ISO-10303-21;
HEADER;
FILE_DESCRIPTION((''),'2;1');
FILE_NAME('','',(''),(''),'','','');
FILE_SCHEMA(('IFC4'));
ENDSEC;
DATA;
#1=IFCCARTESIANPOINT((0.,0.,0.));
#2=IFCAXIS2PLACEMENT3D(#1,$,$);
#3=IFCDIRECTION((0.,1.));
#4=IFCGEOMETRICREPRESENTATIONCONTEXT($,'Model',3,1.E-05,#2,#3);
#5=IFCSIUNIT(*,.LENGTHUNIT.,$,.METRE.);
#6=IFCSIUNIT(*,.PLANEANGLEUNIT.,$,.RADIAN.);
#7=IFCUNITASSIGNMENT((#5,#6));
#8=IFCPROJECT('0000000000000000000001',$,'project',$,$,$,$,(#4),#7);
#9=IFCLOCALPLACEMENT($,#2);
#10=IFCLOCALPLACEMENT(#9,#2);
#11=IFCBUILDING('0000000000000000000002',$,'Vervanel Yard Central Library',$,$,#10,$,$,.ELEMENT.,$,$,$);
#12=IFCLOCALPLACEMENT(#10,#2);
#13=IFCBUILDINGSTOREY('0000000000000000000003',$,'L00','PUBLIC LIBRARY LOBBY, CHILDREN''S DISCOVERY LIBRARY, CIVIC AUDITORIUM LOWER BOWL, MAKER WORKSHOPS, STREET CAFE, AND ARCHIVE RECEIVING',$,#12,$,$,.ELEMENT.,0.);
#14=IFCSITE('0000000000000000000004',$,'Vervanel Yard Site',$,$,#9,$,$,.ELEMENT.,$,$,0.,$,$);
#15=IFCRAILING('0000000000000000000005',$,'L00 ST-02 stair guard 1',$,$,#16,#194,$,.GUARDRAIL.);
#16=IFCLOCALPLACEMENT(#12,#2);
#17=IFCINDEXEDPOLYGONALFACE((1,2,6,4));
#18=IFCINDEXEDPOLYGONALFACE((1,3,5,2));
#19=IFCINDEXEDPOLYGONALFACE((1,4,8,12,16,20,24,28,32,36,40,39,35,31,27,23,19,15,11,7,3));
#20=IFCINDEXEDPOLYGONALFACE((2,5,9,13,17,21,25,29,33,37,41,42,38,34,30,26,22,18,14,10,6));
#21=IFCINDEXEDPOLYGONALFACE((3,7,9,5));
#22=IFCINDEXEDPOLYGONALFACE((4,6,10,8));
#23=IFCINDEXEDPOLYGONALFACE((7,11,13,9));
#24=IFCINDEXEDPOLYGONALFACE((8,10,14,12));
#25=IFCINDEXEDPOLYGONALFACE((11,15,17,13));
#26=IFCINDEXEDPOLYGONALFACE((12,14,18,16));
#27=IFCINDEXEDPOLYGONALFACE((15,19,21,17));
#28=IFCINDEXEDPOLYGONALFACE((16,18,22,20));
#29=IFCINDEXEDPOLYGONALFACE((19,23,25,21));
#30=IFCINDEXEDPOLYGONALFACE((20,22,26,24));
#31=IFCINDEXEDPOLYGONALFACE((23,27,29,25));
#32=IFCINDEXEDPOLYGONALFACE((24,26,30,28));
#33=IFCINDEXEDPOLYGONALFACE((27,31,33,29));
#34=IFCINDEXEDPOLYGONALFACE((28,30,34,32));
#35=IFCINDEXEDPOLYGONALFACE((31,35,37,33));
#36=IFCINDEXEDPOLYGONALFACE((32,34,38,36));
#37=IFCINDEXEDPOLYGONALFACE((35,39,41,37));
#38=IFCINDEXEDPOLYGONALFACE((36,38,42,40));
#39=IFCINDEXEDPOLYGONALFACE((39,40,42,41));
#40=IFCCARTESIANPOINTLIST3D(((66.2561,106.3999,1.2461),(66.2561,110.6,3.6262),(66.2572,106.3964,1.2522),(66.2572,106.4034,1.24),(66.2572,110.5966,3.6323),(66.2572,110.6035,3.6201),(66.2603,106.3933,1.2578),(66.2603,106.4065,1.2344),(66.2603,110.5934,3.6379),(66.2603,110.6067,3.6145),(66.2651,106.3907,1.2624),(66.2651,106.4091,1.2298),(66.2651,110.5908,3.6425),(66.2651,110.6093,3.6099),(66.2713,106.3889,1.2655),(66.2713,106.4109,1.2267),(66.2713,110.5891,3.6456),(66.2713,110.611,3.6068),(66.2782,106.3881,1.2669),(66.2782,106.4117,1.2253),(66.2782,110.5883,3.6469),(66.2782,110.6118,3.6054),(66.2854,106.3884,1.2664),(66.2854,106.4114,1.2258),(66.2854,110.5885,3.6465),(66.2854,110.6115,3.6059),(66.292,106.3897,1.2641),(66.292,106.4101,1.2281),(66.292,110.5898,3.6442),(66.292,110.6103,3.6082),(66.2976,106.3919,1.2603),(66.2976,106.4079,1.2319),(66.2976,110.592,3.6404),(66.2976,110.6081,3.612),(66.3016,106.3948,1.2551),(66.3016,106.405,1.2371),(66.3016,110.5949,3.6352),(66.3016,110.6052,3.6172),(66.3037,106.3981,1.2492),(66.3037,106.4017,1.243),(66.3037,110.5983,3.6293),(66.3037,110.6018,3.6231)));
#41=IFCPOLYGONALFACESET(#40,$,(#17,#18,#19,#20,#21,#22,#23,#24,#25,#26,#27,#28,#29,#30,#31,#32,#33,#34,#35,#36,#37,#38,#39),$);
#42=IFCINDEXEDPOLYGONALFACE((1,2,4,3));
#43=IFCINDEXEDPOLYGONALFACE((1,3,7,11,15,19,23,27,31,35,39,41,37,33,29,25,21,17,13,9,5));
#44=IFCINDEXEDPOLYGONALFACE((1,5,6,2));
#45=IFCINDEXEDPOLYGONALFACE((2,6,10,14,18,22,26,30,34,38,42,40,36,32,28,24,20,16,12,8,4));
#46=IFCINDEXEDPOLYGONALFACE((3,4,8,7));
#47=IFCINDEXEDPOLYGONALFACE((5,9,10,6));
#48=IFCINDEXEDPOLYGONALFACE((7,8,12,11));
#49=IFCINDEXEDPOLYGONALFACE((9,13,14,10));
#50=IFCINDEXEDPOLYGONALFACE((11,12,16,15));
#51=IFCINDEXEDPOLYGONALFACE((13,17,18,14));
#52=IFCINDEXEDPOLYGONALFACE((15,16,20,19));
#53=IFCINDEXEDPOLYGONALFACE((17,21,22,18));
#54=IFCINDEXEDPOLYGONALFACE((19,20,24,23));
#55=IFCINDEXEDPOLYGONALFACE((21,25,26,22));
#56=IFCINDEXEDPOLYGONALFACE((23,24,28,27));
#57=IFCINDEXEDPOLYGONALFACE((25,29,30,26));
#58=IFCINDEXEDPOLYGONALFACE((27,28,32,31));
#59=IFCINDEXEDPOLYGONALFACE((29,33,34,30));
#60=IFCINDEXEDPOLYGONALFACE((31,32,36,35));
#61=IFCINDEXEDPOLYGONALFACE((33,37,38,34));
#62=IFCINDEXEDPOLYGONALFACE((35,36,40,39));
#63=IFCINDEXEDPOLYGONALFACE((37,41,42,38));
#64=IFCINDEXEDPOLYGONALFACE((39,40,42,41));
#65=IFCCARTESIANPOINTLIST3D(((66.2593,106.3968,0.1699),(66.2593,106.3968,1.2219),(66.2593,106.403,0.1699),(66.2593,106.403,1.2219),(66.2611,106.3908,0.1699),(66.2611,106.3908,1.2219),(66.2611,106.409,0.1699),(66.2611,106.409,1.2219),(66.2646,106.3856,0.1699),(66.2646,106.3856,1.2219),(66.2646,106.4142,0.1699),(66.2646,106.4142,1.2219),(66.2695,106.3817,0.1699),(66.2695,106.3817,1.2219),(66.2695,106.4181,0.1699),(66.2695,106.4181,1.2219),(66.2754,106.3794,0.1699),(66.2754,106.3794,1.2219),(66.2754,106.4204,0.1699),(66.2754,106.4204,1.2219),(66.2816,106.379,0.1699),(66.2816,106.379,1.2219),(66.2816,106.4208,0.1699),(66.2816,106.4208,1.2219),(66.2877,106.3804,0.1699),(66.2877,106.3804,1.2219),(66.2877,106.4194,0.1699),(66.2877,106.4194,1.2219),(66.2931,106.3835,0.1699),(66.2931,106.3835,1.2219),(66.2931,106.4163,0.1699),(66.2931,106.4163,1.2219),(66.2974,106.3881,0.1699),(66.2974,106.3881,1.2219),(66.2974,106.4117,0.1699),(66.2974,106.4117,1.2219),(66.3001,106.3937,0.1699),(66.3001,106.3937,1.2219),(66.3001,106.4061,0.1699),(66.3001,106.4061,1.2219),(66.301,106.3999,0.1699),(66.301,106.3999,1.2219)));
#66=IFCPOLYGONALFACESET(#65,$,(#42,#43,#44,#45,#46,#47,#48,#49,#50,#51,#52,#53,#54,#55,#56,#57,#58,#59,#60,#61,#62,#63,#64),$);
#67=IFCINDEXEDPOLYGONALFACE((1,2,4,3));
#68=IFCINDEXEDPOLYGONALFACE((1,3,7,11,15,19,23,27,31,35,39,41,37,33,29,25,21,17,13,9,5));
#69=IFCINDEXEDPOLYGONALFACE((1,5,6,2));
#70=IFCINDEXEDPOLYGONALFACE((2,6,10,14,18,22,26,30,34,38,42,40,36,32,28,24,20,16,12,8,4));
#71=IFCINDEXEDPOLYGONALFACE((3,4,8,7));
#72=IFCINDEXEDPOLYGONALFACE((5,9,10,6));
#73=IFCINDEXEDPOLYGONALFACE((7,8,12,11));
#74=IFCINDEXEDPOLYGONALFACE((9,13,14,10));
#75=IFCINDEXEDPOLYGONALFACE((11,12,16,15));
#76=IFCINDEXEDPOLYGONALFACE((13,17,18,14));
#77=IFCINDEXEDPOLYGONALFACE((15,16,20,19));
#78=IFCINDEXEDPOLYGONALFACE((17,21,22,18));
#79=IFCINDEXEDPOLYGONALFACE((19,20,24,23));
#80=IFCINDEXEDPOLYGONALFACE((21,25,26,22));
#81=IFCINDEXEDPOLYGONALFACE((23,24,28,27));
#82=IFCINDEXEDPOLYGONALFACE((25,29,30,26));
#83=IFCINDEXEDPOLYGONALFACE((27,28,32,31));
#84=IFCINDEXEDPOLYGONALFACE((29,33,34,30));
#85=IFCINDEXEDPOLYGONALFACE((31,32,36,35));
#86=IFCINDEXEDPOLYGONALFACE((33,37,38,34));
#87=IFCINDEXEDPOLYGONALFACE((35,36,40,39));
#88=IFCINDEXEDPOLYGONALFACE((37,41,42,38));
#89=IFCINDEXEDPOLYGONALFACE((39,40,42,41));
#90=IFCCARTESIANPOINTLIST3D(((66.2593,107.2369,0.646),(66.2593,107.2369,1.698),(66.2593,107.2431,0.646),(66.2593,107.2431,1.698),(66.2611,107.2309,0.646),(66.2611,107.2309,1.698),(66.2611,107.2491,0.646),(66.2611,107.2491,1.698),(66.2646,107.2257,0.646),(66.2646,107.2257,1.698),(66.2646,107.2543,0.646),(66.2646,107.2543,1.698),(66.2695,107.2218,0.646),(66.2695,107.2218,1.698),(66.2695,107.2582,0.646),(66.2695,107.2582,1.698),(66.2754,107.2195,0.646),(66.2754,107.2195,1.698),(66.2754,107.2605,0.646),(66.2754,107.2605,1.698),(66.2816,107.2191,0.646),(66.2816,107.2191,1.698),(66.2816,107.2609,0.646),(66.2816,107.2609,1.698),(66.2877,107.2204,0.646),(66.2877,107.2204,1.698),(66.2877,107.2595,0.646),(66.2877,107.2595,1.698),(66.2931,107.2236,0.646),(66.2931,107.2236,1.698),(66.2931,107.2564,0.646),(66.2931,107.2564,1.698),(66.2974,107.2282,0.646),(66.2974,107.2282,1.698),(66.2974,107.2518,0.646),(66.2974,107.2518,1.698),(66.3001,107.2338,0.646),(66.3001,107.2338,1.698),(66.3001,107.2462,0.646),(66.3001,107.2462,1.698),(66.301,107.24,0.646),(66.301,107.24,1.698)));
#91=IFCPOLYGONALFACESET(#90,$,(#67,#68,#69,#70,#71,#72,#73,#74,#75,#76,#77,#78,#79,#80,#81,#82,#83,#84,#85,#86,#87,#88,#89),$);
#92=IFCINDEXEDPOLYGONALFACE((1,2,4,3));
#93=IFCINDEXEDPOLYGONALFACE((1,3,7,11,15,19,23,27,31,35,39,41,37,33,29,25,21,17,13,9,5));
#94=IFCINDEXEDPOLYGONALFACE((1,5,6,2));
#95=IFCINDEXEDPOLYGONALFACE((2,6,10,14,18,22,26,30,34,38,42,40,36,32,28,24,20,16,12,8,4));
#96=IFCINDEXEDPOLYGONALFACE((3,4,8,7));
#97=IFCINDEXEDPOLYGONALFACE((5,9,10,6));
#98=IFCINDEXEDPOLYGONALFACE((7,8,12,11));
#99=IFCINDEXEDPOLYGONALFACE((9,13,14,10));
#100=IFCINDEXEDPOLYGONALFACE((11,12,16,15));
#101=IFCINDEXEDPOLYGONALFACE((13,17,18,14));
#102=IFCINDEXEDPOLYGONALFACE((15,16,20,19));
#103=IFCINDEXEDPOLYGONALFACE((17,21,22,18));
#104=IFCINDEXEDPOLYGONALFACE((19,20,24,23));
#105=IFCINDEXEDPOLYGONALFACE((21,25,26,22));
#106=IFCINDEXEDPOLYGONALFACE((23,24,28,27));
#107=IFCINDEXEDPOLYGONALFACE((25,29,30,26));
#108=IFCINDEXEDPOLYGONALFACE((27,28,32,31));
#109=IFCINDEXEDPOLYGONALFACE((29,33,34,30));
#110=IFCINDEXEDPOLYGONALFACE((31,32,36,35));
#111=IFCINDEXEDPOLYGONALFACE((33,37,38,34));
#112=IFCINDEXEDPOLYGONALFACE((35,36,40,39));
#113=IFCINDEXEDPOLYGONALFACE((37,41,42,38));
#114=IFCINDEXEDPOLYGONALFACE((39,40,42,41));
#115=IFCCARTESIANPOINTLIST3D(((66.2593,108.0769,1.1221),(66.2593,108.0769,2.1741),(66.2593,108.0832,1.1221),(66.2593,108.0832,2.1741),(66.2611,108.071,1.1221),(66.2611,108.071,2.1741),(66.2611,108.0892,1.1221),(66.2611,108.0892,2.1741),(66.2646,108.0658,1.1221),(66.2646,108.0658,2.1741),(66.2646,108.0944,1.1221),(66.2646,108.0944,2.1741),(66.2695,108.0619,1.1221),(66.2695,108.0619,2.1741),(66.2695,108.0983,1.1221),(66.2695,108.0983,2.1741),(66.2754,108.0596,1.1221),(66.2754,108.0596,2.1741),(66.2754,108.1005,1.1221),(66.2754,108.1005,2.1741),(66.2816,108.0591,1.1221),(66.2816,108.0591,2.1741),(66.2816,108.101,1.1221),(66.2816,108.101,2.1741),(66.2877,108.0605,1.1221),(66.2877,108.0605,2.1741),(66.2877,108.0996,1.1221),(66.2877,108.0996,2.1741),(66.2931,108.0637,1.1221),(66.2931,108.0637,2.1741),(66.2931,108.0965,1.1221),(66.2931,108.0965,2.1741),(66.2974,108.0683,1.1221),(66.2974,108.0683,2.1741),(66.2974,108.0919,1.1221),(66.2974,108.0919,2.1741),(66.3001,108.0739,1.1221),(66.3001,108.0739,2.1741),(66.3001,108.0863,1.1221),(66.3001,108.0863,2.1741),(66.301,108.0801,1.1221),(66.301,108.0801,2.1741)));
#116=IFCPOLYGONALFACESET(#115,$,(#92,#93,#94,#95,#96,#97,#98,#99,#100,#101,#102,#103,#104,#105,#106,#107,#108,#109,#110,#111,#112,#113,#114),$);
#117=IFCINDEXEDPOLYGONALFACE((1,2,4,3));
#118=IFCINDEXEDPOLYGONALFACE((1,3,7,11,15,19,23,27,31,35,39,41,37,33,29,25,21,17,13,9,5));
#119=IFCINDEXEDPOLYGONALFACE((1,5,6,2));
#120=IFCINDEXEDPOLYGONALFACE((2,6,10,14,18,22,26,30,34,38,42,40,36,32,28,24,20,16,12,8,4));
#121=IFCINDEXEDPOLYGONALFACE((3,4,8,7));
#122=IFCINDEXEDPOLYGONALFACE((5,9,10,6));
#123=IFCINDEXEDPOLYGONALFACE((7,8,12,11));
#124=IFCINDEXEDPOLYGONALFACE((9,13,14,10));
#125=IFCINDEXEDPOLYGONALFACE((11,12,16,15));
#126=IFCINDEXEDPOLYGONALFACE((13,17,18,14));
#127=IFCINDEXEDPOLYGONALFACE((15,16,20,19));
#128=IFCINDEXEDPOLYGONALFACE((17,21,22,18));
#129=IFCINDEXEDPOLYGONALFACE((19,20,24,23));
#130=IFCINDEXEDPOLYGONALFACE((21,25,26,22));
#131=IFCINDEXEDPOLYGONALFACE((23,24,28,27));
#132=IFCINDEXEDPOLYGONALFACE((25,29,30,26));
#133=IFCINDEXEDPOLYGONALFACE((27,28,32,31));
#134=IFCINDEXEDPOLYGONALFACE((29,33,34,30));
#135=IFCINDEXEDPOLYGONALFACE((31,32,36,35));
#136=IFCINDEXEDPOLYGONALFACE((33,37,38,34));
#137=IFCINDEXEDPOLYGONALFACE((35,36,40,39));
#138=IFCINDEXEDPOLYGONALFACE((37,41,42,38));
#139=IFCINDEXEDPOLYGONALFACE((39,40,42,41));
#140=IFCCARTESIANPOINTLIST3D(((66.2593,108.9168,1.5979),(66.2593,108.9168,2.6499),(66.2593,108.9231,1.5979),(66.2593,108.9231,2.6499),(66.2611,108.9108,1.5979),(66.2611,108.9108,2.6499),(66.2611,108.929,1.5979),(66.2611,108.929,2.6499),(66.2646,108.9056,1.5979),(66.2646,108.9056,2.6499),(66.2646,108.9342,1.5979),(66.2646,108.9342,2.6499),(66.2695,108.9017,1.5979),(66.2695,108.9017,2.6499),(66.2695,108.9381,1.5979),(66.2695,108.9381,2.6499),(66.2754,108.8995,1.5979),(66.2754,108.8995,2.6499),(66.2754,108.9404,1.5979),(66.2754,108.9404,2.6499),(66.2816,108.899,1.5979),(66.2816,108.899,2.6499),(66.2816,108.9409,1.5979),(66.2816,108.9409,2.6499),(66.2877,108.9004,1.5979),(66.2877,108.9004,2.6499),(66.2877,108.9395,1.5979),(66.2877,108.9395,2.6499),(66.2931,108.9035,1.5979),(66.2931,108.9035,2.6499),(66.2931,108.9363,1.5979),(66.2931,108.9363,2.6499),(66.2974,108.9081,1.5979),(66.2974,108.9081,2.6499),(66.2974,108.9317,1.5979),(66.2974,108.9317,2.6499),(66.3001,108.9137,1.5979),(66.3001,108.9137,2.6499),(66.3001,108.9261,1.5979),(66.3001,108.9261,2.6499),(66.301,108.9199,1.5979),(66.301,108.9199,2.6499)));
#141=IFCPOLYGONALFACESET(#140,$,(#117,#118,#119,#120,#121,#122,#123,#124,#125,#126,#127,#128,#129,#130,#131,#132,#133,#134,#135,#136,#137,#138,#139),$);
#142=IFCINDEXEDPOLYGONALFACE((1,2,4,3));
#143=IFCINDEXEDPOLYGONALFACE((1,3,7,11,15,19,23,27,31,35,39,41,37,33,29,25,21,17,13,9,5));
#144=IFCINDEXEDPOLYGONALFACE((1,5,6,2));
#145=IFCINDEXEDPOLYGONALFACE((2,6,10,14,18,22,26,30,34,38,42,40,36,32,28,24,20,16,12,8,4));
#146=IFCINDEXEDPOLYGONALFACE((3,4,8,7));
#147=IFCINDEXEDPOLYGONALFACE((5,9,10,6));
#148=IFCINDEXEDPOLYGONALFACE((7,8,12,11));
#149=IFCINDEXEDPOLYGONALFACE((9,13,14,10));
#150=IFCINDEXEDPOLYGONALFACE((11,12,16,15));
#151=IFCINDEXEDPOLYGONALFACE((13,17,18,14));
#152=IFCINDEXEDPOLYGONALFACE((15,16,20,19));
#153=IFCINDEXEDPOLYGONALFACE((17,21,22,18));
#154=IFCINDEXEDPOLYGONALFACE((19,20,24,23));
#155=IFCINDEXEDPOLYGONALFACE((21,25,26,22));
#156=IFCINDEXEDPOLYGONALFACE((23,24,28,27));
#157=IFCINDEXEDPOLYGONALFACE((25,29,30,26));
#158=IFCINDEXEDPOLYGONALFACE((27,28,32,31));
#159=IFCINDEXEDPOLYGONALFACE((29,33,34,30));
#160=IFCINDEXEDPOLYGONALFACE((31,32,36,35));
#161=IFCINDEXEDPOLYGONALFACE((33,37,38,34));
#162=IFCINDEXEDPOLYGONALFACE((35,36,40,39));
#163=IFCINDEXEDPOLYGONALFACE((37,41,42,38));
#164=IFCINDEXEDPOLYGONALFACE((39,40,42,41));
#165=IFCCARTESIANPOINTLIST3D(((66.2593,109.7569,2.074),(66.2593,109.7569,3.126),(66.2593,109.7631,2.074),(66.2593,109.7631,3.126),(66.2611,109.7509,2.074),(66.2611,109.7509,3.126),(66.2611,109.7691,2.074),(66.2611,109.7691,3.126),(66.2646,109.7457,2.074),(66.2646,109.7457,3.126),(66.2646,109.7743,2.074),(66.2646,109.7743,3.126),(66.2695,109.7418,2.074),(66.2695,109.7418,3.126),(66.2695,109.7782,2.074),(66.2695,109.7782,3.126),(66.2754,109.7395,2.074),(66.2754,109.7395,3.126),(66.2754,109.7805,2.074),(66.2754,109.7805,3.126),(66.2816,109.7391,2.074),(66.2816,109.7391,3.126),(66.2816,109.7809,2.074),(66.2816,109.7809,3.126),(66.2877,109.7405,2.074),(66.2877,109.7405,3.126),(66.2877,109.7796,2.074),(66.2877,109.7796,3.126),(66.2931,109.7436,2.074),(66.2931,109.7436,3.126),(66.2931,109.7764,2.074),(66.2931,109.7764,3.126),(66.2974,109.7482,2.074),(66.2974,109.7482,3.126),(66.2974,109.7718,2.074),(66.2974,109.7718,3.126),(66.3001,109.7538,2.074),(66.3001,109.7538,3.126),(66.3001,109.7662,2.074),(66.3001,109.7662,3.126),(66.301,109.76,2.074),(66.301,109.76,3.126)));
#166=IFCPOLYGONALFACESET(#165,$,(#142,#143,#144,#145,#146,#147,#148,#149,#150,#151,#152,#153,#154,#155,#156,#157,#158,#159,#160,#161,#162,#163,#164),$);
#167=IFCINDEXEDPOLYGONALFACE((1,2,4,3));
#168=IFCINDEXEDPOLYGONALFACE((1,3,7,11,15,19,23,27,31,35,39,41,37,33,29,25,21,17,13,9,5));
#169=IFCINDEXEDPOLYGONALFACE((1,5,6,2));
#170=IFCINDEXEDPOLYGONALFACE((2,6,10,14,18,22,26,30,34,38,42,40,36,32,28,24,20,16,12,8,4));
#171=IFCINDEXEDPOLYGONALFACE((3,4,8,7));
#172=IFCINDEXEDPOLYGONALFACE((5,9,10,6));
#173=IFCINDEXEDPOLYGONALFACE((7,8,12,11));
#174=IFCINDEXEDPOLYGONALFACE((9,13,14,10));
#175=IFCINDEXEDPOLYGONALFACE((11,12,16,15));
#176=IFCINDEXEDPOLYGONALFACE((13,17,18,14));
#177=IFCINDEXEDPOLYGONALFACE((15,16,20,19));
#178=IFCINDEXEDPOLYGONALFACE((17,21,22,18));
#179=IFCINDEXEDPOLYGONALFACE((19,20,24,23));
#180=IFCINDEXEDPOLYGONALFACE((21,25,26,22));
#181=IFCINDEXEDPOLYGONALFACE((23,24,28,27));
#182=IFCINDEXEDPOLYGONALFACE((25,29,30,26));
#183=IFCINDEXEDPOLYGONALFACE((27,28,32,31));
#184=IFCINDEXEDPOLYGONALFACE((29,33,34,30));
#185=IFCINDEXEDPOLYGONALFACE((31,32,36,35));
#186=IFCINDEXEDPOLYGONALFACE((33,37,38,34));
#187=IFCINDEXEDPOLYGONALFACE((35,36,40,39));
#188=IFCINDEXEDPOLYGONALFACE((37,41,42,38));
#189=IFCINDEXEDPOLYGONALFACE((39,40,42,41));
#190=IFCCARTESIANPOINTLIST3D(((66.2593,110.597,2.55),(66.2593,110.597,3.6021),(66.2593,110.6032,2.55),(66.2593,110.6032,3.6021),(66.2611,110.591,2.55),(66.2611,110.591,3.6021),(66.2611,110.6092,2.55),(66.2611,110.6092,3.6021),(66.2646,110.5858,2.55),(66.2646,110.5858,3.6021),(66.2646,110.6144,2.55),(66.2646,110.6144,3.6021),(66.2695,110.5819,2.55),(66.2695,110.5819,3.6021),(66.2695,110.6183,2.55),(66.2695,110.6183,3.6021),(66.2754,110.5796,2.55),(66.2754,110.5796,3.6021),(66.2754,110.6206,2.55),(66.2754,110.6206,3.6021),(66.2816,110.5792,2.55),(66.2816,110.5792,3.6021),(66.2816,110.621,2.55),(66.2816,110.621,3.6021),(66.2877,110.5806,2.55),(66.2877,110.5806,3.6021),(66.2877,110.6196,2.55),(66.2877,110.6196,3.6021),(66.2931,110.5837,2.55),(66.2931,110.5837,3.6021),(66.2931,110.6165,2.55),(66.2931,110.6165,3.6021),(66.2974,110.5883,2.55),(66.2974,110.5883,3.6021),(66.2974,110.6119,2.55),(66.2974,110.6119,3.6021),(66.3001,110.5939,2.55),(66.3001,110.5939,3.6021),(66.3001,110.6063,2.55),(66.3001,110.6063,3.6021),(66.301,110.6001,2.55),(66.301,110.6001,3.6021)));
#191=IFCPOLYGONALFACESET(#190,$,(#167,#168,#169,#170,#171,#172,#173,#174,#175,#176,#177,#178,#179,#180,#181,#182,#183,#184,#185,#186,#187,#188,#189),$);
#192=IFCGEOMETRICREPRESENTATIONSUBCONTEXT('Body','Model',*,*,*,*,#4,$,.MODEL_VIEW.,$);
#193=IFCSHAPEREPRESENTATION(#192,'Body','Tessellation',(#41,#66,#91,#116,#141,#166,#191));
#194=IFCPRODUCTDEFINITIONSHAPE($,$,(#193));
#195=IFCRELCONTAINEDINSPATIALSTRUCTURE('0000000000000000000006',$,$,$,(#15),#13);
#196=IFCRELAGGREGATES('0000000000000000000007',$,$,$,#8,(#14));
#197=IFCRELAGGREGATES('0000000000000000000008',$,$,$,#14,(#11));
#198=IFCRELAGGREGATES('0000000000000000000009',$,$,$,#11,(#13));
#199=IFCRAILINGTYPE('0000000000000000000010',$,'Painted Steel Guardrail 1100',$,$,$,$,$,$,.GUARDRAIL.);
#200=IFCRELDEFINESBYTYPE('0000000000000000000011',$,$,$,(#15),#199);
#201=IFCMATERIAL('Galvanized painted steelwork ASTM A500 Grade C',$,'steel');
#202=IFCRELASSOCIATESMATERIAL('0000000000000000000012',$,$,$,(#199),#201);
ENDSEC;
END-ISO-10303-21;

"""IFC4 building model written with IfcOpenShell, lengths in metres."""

from ifc_helpers import new_model, si_unit, direction, frame, origin, origin_2d, place, context, subcontext, project, spatial, circle, extrude, material, type_object, element, save


model = new_model("IFC4")

# Units and contexts
model_context = context("Model", 3, precision=1e-05, world=origin(), true_north=direction((0.0, 1.0)))
body_context = subcontext(model_context, "Body", "Model", "MODEL_VIEW")
ifc_project = project(units=[si_unit("LENGTHUNIT", "METRE"), si_unit("PLANEANGLEUNIT", "RADIAN")], contexts=[model_context])

# Site, building, storey
site_placement = place(None, origin())
site = spatial("IfcSite", under=ifc_project, at=site_placement, Name="Vervanel Yard Site", CompositionType="ELEMENT", RefElevation=0.0)
building_placement = place(site_placement, origin())
building = spatial("IfcBuilding", under=site, at=building_placement, Name="Vervanel Yard Central Library", CompositionType="ELEMENT")
storey_placement = place(building_placement, origin())
storey = spatial("IfcBuildingStorey", under=building, at=storey_placement, Name="L00", Description="PUBLIC LIBRARY LOBBY, CHILDREN'S DISCOVERY LIBRARY, CIVIC AUDITORIUM LOWER BOWL, MAKER WORKSHOPS, STREET CAFE, AND ARCHIVE RECEIVING", CompositionType="ELEMENT", Elevation=0.0)

# Shared definitions
ifc_material_1 = material(Name="Galvanized painted steelwork ASTM A500 Grade C", Category="steel")

# Railing
railing_type_1 = type_object("IfcRailingType", Name="Painted Steel Guardrail 1100", PredefinedType="GUARDRAIL", material=ifc_material_1)
railing_1_placement = place(storey_placement, frame((66.28, 106.3999, 0.1699)))
element("IfcRailing", 1, at=railing_1_placement, inside=storey, type_object=railing_type_1, Name="L00 ST-02 stair guard 1", PredefinedType="GUARDRAIL", context=body_context, shape_type="SweptSolid", body=[
    extrude(circle(Radius=0.0239, at=origin_2d()), frame((0.0, 0.0, 1.0762), z_axis=(0.0, 0.870021, 0.493015), x_axis=(-1.0, 0.0, 0.0)), (0.0, 0.0, 1.0), 4.8276),
    extrude(circle(Radius=0.021, at=origin_2d()), origin(), (0.0, 0.0, 1.0), 1.052),
    extrude(circle(Radius=0.021, at=origin_2d()), frame((0.0, 0.8401, 0.4761)), (0.0, 0.0, 1.0), 1.052),
    extrude(circle(Radius=0.021, at=origin_2d()), frame((0.0, 1.6802, 0.9521)), (0.0, 0.0, 1.0), 1.052),
    extrude(circle(Radius=0.021, at=origin_2d()), frame((0.0, 2.52, 1.428)), (0.0, 0.0, 1.0), 1.052),
    extrude(circle(Radius=0.021, at=origin_2d()), frame((0.0, 3.3601, 1.9041)), (0.0, 0.0, 1.0), 1.052),
    extrude(circle(Radius=0.021, at=origin_2d()), frame((0.0, 4.2002, 2.3801)), (0.0, 0.0, 1.0), 1.052),
])

save(model, "model.ifc")
